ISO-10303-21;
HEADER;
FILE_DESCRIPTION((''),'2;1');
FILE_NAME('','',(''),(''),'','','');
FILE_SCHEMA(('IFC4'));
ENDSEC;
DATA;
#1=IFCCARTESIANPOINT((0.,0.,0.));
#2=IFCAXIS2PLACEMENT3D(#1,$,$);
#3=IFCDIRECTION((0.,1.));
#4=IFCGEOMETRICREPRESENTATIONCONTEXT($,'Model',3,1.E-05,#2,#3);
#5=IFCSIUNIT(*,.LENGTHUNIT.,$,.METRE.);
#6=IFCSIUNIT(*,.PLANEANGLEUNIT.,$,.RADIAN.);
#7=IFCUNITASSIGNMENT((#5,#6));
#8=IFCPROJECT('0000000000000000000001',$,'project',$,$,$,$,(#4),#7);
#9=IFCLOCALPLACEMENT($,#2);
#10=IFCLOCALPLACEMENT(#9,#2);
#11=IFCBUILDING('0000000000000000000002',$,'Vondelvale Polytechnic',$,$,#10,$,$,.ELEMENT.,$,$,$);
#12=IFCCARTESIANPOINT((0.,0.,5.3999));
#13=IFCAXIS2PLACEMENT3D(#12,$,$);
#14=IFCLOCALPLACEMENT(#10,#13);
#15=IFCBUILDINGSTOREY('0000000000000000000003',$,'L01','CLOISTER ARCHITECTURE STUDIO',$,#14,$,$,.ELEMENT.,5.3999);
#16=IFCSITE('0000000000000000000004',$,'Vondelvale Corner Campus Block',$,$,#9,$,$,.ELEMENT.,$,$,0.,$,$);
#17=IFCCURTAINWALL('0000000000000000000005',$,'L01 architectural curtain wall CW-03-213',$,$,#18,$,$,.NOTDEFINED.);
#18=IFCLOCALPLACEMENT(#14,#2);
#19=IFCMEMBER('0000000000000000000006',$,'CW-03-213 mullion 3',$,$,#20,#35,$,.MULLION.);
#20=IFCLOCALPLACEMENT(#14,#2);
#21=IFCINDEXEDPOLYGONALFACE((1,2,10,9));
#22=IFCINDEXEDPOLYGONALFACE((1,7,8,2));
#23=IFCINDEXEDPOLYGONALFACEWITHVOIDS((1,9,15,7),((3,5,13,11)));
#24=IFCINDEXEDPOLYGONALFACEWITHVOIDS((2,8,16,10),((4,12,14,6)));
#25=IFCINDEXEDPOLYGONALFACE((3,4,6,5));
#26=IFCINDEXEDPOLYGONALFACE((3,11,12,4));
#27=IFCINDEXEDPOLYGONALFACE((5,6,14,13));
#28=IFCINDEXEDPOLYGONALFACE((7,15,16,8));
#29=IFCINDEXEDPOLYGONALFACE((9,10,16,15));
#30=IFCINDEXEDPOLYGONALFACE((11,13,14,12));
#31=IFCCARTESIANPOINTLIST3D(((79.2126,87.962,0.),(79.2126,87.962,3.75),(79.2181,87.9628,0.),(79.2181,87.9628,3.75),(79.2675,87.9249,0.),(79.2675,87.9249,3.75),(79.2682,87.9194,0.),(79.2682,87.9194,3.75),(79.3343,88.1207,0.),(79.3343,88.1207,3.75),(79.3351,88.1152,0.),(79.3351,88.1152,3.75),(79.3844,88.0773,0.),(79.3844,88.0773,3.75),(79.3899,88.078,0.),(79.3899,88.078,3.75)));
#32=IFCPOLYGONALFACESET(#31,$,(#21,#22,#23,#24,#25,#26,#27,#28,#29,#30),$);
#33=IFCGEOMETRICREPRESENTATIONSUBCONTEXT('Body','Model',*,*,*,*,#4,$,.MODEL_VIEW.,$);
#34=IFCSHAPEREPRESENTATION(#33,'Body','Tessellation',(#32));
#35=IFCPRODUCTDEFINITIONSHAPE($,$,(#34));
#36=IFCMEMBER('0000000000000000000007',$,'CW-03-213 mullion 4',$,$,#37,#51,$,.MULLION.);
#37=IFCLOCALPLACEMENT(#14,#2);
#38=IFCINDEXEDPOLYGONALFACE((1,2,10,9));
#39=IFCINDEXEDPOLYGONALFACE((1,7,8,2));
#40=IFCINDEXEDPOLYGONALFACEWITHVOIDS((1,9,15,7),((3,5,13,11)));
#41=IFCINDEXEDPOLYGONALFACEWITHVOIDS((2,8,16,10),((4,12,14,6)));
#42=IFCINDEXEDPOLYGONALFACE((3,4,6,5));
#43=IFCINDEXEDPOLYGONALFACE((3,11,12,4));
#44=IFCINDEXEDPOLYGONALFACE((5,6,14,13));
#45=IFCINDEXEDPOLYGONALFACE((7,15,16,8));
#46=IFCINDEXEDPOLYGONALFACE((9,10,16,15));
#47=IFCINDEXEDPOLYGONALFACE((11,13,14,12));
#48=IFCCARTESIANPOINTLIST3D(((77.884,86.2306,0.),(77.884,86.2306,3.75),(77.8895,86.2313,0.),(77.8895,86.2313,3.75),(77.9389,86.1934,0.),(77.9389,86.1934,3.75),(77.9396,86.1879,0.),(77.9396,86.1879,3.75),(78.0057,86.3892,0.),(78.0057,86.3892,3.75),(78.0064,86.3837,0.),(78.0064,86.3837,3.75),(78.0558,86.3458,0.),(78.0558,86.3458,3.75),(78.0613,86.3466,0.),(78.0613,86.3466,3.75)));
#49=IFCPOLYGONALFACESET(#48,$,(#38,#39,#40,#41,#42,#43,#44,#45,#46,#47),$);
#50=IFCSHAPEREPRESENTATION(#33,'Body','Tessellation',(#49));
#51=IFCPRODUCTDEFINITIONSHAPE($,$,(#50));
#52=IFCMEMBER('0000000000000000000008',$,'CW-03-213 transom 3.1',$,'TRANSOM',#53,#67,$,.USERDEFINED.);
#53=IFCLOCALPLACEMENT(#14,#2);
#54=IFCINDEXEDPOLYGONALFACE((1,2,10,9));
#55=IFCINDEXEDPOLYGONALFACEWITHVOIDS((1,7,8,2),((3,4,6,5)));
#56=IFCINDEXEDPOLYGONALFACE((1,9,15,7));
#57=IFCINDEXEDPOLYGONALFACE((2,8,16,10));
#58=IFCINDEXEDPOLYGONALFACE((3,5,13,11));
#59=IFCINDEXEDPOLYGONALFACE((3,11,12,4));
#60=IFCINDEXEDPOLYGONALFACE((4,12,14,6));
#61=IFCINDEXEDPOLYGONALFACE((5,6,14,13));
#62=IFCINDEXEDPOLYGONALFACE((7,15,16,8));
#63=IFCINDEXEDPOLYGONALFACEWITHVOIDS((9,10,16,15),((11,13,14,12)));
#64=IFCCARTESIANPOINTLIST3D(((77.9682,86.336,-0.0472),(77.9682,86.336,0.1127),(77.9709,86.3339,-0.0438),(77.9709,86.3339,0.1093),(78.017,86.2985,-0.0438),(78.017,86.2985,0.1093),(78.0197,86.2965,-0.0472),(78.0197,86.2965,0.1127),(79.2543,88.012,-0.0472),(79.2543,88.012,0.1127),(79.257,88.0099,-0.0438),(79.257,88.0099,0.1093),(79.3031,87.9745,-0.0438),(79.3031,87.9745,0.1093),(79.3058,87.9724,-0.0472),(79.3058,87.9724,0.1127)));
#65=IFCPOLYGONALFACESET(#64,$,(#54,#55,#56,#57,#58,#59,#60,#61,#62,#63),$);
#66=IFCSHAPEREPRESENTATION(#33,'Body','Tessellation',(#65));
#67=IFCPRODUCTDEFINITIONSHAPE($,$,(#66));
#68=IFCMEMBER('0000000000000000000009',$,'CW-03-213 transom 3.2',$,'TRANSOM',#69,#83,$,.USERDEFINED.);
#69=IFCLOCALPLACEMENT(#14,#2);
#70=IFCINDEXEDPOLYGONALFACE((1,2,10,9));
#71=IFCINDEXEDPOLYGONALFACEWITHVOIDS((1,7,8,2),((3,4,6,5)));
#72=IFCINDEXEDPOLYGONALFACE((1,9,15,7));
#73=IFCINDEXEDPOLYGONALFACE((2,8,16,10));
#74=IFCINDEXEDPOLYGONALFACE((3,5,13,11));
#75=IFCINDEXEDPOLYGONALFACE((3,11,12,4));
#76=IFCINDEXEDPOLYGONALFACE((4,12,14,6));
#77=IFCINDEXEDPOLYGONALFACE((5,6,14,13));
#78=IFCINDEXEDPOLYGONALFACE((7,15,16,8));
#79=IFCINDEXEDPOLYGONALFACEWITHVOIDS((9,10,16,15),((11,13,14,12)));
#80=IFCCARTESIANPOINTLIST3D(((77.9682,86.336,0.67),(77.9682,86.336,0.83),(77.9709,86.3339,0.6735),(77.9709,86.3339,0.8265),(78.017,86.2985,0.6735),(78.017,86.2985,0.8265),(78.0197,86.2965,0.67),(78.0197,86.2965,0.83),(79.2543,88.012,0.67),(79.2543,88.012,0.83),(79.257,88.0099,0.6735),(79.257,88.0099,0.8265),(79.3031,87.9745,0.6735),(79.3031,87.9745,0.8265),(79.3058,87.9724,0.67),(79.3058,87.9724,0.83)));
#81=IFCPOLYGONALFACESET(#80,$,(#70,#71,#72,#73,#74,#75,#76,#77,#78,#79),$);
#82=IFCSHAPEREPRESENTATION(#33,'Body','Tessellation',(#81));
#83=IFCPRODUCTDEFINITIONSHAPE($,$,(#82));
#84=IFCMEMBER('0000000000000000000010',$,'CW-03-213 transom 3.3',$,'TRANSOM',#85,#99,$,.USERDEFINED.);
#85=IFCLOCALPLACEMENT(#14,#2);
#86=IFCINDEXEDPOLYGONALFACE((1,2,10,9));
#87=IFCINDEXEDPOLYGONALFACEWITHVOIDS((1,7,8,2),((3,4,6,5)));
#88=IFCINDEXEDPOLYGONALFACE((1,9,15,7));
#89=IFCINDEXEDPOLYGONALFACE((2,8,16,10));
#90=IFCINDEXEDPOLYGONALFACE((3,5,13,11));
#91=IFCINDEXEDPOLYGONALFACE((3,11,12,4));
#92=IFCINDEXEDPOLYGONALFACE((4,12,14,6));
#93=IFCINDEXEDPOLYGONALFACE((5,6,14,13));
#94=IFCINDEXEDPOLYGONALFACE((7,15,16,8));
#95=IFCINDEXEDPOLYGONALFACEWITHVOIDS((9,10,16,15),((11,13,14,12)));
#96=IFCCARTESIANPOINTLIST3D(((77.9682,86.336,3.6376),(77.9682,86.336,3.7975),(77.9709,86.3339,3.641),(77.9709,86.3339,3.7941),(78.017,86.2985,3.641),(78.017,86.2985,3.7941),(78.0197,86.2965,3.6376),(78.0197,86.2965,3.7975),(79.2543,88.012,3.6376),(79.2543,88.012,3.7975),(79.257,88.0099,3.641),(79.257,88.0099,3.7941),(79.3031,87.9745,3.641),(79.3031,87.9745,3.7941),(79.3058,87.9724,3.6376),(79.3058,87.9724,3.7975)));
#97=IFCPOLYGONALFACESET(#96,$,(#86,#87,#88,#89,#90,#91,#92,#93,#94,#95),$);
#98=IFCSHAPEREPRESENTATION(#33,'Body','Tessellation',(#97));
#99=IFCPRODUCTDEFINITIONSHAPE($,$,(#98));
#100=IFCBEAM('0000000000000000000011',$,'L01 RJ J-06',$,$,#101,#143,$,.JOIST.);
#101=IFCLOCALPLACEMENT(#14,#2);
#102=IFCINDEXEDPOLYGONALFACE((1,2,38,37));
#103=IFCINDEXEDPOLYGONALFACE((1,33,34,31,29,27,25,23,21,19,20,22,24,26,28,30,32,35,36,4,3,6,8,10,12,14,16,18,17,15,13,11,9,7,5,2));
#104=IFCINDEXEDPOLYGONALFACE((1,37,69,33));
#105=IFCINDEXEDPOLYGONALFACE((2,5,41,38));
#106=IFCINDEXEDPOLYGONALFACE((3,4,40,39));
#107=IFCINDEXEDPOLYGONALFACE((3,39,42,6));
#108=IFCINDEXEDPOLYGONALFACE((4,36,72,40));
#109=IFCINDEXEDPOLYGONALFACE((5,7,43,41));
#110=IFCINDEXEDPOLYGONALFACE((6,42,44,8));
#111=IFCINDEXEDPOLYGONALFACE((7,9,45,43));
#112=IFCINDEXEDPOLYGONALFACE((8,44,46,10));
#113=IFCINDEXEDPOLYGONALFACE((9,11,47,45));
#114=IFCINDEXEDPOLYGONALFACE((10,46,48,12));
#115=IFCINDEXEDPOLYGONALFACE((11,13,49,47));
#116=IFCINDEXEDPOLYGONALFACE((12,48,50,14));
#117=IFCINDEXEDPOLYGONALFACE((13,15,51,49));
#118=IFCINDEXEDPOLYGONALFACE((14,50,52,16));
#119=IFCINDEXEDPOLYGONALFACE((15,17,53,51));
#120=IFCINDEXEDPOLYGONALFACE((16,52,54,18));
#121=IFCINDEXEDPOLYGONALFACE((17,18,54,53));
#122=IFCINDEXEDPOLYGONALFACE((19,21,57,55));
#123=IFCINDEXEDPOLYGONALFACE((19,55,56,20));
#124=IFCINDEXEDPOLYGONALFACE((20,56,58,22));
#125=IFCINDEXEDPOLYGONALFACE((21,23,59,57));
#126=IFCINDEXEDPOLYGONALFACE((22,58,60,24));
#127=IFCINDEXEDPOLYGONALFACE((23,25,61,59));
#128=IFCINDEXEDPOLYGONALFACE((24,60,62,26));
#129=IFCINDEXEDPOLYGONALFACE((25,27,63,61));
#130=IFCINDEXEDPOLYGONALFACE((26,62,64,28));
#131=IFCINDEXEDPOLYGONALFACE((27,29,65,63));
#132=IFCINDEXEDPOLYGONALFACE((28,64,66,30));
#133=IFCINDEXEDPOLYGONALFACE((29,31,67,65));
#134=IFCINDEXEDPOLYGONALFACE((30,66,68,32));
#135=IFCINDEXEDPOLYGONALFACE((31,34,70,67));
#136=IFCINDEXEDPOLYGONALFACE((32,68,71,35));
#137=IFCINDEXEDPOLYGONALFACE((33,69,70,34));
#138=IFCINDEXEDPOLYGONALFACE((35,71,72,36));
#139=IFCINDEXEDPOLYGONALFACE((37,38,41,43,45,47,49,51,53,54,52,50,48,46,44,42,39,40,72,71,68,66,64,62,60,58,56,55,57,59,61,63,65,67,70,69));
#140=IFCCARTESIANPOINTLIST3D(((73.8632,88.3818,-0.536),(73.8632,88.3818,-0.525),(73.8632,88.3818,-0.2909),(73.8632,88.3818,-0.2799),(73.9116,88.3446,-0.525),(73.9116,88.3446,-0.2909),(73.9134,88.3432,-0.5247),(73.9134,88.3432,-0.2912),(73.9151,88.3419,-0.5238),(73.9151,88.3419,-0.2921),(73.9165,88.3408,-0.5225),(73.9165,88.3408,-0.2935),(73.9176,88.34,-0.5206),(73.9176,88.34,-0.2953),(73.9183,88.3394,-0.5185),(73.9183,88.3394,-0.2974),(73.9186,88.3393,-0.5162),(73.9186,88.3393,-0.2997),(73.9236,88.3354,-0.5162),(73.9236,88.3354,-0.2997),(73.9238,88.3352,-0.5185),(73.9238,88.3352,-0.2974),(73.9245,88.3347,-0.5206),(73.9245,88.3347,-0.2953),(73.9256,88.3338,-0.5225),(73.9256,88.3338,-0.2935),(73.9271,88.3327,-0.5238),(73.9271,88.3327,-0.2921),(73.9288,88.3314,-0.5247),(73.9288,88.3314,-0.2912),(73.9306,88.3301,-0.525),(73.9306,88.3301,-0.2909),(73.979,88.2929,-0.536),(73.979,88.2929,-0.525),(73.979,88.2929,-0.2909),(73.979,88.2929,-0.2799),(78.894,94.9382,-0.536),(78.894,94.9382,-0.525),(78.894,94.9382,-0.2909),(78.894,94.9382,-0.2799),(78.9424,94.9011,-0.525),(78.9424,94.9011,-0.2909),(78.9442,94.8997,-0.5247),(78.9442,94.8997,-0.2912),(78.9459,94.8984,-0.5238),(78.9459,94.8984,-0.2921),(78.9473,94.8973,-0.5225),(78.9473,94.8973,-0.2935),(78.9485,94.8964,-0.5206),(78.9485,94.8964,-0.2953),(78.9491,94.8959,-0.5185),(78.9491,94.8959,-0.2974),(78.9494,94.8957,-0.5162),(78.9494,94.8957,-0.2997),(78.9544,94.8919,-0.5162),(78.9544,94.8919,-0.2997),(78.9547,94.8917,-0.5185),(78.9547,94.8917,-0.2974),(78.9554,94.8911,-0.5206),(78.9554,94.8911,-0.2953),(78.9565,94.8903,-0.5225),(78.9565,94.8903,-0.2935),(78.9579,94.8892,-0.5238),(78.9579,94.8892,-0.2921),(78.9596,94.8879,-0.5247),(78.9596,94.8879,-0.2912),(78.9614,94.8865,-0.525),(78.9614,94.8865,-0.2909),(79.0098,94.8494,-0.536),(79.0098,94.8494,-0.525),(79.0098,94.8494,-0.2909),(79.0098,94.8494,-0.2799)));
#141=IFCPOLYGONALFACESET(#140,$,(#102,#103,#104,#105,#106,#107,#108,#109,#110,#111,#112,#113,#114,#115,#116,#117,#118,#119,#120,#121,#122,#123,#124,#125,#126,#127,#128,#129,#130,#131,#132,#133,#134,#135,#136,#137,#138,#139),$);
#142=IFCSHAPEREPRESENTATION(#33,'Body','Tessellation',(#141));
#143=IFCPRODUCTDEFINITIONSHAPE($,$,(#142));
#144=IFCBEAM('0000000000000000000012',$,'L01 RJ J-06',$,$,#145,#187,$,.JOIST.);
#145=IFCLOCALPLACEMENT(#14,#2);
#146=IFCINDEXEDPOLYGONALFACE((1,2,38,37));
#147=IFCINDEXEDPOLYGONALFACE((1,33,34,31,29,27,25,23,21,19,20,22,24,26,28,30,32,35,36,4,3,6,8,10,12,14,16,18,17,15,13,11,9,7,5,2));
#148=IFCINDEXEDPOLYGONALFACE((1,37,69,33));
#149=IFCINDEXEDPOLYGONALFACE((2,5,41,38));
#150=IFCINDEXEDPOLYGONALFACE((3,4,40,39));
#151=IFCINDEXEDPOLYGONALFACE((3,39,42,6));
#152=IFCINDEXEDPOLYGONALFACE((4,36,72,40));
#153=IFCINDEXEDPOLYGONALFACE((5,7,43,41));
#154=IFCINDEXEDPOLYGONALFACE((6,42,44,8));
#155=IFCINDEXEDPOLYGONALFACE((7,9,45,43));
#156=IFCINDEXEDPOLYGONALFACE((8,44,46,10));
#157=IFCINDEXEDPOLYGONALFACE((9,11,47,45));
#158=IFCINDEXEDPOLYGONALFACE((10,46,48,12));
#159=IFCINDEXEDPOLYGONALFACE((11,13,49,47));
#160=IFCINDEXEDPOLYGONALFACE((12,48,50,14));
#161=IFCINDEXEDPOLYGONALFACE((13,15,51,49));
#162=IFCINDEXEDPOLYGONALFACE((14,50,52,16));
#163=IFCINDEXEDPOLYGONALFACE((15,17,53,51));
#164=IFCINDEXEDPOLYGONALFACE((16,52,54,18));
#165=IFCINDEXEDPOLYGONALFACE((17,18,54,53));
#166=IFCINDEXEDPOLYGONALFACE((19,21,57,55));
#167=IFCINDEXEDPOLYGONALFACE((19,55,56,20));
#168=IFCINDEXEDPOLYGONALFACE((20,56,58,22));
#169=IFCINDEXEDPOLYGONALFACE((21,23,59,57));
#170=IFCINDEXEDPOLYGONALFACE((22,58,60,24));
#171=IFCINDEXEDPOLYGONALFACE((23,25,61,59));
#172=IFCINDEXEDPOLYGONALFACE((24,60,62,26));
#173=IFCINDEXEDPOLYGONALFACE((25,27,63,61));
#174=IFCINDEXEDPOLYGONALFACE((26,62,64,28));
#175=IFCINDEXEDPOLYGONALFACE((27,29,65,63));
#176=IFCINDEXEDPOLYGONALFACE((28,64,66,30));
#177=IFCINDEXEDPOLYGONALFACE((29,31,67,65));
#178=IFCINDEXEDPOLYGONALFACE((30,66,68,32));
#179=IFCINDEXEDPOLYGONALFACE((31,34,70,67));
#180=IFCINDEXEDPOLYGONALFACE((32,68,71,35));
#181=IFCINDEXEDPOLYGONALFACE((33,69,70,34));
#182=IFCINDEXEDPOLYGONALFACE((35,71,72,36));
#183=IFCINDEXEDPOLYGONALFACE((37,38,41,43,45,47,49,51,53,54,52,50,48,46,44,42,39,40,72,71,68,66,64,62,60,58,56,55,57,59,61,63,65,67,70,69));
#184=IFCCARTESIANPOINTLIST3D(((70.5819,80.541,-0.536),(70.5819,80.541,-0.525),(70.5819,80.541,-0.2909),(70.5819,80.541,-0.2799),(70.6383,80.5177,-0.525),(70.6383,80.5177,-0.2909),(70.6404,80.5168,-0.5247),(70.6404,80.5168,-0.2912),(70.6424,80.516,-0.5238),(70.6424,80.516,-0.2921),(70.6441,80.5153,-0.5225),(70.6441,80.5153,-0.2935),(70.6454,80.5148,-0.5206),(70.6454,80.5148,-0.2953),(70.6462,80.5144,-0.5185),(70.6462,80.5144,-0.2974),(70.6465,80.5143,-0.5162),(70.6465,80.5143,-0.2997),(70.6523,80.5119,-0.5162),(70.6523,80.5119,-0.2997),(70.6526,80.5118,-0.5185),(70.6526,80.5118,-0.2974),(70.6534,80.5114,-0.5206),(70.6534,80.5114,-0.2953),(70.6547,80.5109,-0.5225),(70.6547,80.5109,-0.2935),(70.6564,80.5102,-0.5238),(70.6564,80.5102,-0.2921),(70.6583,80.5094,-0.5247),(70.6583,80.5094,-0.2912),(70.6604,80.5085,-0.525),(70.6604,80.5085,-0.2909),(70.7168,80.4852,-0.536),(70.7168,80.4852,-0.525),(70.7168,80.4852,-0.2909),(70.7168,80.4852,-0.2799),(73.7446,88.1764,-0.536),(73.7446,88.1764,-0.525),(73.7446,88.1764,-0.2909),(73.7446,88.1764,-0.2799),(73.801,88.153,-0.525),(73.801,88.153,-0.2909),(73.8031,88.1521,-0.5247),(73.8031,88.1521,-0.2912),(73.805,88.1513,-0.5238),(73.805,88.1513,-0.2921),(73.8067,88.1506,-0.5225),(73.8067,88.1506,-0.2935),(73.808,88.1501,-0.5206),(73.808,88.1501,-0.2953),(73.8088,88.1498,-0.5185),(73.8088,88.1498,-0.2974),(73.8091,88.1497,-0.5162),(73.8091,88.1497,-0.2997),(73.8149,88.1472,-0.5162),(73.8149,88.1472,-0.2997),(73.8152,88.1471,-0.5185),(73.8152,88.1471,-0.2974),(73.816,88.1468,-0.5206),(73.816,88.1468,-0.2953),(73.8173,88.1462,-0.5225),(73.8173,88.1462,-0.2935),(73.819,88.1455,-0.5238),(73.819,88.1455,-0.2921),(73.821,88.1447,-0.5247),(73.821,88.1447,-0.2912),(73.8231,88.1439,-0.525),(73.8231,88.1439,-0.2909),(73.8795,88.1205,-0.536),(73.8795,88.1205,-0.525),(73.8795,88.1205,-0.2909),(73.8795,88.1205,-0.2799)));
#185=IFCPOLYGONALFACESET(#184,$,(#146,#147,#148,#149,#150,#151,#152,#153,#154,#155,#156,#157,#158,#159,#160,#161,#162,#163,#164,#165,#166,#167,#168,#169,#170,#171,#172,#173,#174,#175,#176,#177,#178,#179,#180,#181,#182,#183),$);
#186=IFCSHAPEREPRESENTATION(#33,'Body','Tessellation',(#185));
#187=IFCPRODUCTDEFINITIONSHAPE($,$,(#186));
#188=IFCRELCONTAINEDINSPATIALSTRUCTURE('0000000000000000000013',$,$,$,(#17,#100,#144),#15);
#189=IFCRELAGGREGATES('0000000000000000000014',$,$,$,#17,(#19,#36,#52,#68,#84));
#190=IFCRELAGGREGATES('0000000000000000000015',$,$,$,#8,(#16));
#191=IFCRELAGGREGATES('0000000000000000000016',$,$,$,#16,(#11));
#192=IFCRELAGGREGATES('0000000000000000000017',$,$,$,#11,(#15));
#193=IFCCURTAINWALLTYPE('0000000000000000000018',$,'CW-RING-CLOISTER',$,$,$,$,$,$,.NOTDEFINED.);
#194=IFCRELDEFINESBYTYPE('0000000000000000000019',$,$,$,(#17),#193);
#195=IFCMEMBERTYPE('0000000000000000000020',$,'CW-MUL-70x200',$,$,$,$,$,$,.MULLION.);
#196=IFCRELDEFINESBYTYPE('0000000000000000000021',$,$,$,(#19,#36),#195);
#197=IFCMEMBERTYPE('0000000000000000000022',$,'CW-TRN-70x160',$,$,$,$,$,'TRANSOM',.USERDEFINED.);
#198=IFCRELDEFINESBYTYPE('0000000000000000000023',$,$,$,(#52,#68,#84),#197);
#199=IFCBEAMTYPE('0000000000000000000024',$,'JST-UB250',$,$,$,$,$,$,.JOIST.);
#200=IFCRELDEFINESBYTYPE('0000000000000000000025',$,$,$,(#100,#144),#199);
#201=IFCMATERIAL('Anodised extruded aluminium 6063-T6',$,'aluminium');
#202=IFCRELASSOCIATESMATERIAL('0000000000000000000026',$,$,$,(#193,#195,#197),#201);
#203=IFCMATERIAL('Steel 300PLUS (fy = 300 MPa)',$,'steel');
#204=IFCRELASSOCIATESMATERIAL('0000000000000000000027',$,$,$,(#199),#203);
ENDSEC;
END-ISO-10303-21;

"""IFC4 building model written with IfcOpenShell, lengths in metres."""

from ifc_helpers import new_model, si_unit, direction, frame, origin, origin_2d, place, context, subcontext, project, spatial, hollow_rectangle, i_section, extrude, material, material_profile, profile_set, type_object, element, aggregate, save


model = new_model("IFC4")

# Units and contexts
model_context = context("Model", 3, precision=1e-05, world=origin(), true_north=direction((0.0, 1.0)))
body_context = subcontext(model_context, "Body", "Model", "MODEL_VIEW")
ifc_project = project(units=[si_unit("LENGTHUNIT", "METRE"), si_unit("PLANEANGLEUNIT", "RADIAN")], contexts=[model_context])

# Site, building, storey
site_placement = place(None, origin())
site = spatial("IfcSite", under=ifc_project, at=site_placement, Name="Vondelvale Corner Campus Block", CompositionType="ELEMENT", RefElevation=0.0)
building_placement = place(site_placement, origin())
building = spatial("IfcBuilding", under=site, at=building_placement, Name="Vondelvale Polytechnic", CompositionType="ELEMENT")
storey_placement = place(building_placement, frame((0.0, 0.0, 5.3999)))
storey = spatial("IfcBuildingStorey", under=building, at=storey_placement, Name="L01", Description="CLOISTER ARCHITECTURE STUDIO", CompositionType="ELEMENT", Elevation=5.3999)

# Shared definitions
ifc_material_1 = material(Name="Steel 300PLUS (fy = 300 MPa)", Category="steel")

# Shared definitions
ifc_material_2 = material(Name="Anodised extruded aluminium 6063-T6", Category="aluminium")

# Curtain wall, members
curtain_wall_type_1 = type_object("IfcCurtainWallType", Name="CW-RING-CLOISTER", PredefinedType="NOTDEFINED", material=ifc_material_2)
curtain_wall_1_placement = place(storey_placement, origin())
curtain_wall_1 = element("IfcCurtainWall", 1, at=curtain_wall_1_placement, inside=storey, type_object=curtain_wall_type_1, Name="L01 architectural curtain wall CW-03-213", PredefinedType="NOTDEFINED")
ifc_material_profile_1 = material_profile(ifc_material_2, hollow_rectangle(XDim=0.0701, YDim=0.2, WallThickness=0.0039, at=origin_2d()), Name="CW-MUL-200x70")
ifc_profile_set_1 = profile_set([ifc_material_profile_1], Name="Anodised extruded aluminium 6063-T6")
member_type_1 = type_object("IfcMemberType", Name="CW-MUL-70x200", PredefinedType="MULLION", material=ifc_profile_set_1)
member_1_placement = place(storey_placement, frame((79.3013, 88.02, 0.0), z_axis=(0.0, 0.0, 1.0), x_axis=(0.793364, -0.608748, 0.0)))
member_1 = element("IfcMember", 2, at=member_1_placement, type_object=member_type_1, Name="CW-03-213 mullion 3", PredefinedType="MULLION", context=body_context, shape_type="SweptSolid", body=[
    extrude(hollow_rectangle(XDim=0.0701, YDim=0.2, WallThickness=0.0039, at=origin_2d()), origin(), (0.0, 0.0, 1.0), 3.75),
])
member_2_placement = place(storey_placement, frame((77.9727, 86.2886, 0.0), z_axis=(0.0, 0.0, 1.0), x_axis=(0.793364, -0.608748, 0.0)))
member_2 = element("IfcMember", 3, at=member_2_placement, type_object=member_type_1, Name="CW-03-213 mullion 4", PredefinedType="MULLION", context=body_context, shape_type="SweptSolid", body=[
    extrude(hollow_rectangle(XDim=0.0701, YDim=0.2, WallThickness=0.0039, at=origin_2d()), origin(), (0.0, 0.0, 1.0), 3.75),
])
ifc_material_profile_2 = material_profile(ifc_material_2, hollow_rectangle(XDim=0.0649, YDim=0.1599, WallThickness=0.0034, at=origin_2d()), Name="CW-TRN-160x65")
ifc_profile_set_2 = profile_set([ifc_material_profile_2], Name="Anodised extruded aluminium 6063-T6")
member_type_2 = type_object("IfcMemberType", Name="CW-TRN-70x160", ElementType="TRANSOM", PredefinedType="USERDEFINED", material=ifc_profile_set_2)
member_3_placement = place(storey_placement, frame((79.28, 87.9922, 0.0327), z_axis=(-0.608783, -0.793337, 0.0), x_axis=(0.793337, -0.608783, 0.0)))
member_3 = element("IfcMember", 4, at=member_3_placement, type_object=member_type_2, Name="CW-03-213 transom 3.1", ObjectType="TRANSOM", PredefinedType="USERDEFINED", context=body_context, shape_type="SweptSolid", body=[
    extrude(hollow_rectangle(XDim=0.0649, YDim=0.1599, WallThickness=0.0034, at=origin_2d()), origin(), (0.0, 0.0, 1.0), 2.1125),
])
member_4_placement = place(storey_placement, frame((79.28, 87.9922, 0.75), z_axis=(-0.608783, -0.793337, 0.0), x_axis=(0.793337, -0.608783, 0.0)))
member_4 = element("IfcMember", 5, at=member_4_placement, type_object=member_type_2, Name="CW-03-213 transom 3.2", ObjectType="TRANSOM", PredefinedType="USERDEFINED", context=body_context, shape_type="SweptSolid", body=[
    extrude(hollow_rectangle(XDim=0.0649, YDim=0.1599, WallThickness=0.0034, at=origin_2d()), origin(), (0.0, 0.0, 1.0), 2.1125),
])
member_5_placement = place(storey_placement, frame((79.28, 87.9922, 3.7175), z_axis=(-0.608783, -0.793337, 0.0), x_axis=(0.793337, -0.608783, 0.0)))
member_5 = element("IfcMember", 6, at=member_5_placement, type_object=member_type_2, Name="CW-03-213 transom 3.3", ObjectType="TRANSOM", PredefinedType="USERDEFINED", context=body_context, shape_type="SweptSolid", body=[
    extrude(hollow_rectangle(XDim=0.0649, YDim=0.1599, WallThickness=0.0034, at=origin_2d()), origin(), (0.0, 0.0, 1.0), 2.1125),
])

# Beams
ifc_material_profile_3 = material_profile(ifc_material_1, i_section(OverallWidth=0.146, OverallDepth=0.2561, WebThickness=0.0063, FlangeThickness=0.011, FilletRadius=0.0088, at=origin_2d()), Name="250UB37.3")
ifc_profile_set_3 = profile_set([ifc_material_profile_3], Name="Steel 300PLUS (fy = 300 MPa)")
beam_type_1 = type_object("IfcBeamType", Name="JST-UB250", PredefinedType="JOIST", material=ifc_profile_set_3)
beam_1_placement = place(storey_placement, frame((78.9519, 94.8938, -0.408), z_axis=(-0.608751, -0.793361, 0.0), x_axis=(0.793361, -0.608751, 0.0)))
element("IfcBeam", 7, at=beam_1_placement, inside=storey, type_object=beam_type_1, Name="L01 RJ J-06", PredefinedType="JOIST", context=body_context, shape_type="SweptSolid", body=[
    extrude(i_section(OverallWidth=0.146, OverallDepth=0.2561, WebThickness=0.0063, FlangeThickness=0.011, FilletRadius=0.0088, at=origin_2d()), origin(), (0.0, 0.0, 1.0), 8.2642),
])
beam_2_placement = place(storey_placement, frame((73.812, 88.1484, -0.408), z_axis=(-0.382681, -0.923881, 0.0), x_axis=(0.923881, -0.382681, 0.0)))
element("IfcBeam", 8, at=beam_2_placement, inside=storey, type_object=beam_type_1, Name="L01 RJ J-06", PredefinedType="JOIST", context=body_context, shape_type="SweptSolid", body=[
    extrude(i_section(OverallWidth=0.146, OverallDepth=0.2561, WebThickness=0.0063, FlangeThickness=0.011, FilletRadius=0.0088, at=origin_2d()), origin(), (0.0, 0.0, 1.0), 8.2644),
])

aggregate(curtain_wall_1, [member_1, member_2, member_3, member_4, member_5])

save(model, "model.ifc")
